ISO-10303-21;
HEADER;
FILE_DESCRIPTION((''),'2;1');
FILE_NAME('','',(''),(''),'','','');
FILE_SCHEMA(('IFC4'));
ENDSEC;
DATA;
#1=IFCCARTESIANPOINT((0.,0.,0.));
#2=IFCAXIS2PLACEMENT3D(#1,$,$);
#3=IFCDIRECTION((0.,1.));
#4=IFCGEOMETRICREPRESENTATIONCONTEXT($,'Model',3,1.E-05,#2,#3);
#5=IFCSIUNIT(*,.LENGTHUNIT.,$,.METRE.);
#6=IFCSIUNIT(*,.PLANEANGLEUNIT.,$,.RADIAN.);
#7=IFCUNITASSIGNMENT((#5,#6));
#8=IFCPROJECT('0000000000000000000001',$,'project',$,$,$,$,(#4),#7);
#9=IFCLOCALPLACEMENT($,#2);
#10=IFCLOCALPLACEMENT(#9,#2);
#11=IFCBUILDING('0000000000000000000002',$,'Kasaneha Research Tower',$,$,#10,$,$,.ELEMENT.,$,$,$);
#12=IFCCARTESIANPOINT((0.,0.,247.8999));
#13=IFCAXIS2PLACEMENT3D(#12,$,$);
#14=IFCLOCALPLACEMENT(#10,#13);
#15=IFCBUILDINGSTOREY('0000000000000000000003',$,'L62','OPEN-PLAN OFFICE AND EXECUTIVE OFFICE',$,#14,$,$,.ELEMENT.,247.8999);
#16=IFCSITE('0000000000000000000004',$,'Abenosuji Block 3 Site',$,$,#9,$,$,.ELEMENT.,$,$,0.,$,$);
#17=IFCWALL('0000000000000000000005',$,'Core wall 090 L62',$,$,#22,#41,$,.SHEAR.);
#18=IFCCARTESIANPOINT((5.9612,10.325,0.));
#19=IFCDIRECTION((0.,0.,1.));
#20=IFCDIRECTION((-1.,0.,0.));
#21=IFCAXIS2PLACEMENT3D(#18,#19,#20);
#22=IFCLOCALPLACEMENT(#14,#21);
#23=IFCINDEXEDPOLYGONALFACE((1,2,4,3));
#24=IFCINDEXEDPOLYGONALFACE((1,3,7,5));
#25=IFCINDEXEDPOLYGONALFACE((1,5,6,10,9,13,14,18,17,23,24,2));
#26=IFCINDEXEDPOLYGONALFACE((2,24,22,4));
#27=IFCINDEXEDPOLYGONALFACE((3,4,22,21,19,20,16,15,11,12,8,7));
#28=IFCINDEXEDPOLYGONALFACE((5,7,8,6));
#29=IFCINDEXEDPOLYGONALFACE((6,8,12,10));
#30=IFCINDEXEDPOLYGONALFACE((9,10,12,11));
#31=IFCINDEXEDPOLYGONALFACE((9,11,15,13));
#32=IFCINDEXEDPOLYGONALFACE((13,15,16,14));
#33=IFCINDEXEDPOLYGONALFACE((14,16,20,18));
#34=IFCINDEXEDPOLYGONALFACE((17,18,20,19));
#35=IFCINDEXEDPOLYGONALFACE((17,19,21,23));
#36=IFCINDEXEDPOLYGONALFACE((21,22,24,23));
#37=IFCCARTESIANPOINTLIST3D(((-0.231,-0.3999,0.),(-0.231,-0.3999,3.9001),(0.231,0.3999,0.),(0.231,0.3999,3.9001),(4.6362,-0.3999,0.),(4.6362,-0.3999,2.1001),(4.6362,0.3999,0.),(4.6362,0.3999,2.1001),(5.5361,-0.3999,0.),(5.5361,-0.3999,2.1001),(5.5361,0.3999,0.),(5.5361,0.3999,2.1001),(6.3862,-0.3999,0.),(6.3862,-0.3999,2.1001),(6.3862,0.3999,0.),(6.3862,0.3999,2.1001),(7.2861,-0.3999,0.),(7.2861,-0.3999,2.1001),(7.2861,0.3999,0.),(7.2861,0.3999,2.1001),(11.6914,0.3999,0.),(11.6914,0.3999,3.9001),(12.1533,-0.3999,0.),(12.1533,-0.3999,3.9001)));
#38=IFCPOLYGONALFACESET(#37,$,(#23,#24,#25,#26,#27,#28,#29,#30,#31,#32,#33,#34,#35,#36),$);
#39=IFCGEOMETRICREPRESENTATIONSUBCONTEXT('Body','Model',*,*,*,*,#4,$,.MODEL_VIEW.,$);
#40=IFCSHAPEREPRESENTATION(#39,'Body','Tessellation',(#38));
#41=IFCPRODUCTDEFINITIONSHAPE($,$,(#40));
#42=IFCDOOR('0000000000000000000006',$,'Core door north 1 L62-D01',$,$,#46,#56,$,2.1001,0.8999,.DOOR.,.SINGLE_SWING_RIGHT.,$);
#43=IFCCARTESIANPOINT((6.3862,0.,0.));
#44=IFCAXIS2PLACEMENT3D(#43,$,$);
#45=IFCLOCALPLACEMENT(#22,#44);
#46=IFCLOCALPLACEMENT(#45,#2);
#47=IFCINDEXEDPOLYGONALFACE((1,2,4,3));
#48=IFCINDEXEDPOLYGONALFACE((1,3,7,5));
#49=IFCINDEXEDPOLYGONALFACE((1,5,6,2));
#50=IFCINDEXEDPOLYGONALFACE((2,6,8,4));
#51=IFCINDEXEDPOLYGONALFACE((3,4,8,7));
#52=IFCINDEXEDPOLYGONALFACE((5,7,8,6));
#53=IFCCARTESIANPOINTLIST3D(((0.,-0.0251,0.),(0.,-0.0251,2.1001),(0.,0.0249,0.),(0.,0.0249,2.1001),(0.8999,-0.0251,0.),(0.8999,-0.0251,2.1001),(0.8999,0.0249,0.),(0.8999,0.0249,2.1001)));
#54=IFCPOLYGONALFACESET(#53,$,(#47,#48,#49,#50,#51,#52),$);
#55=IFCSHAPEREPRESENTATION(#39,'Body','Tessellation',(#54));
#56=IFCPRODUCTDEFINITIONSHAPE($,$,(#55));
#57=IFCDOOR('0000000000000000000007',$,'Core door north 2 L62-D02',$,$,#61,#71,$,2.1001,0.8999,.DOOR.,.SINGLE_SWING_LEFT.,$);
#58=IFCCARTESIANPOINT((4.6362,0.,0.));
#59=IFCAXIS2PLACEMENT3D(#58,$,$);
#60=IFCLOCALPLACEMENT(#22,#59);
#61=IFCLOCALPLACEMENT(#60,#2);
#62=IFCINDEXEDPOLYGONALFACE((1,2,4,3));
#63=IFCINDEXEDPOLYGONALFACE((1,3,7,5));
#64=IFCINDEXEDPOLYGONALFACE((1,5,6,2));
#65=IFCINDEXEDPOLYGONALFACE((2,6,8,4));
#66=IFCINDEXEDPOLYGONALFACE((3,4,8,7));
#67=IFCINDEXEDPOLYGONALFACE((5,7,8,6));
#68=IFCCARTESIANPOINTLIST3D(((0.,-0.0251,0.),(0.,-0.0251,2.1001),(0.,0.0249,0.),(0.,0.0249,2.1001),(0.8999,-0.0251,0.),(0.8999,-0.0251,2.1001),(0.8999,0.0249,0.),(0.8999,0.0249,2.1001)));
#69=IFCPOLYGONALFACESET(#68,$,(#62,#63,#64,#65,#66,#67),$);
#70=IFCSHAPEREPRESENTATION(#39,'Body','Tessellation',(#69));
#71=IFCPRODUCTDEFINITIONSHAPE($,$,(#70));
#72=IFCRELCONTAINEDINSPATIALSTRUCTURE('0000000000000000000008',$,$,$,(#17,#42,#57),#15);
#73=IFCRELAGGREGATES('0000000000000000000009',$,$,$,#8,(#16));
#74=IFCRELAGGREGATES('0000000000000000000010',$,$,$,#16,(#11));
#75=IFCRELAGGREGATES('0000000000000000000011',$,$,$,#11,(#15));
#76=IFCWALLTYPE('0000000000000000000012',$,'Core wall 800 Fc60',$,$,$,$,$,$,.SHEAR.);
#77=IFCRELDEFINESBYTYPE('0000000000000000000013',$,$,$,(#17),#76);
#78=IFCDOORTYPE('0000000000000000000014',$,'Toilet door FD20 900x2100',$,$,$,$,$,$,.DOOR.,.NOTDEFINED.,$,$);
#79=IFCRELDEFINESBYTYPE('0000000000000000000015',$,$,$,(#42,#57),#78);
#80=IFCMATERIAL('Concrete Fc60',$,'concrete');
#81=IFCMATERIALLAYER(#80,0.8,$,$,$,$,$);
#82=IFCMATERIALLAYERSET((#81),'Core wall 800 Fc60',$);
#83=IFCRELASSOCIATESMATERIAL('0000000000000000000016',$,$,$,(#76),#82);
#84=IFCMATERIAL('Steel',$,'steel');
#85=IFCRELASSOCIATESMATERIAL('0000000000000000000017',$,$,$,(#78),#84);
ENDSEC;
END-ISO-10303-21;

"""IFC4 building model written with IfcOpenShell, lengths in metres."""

from ifc_helpers import new_model, si_unit, direction, frame, frame_2d, origin, place, context, subcontext, project, spatial, polyline, rectangle, outline, extrude, material, layer, layer_set, type_object, element, fill, save


model = new_model("IFC4")

# Units and contexts
model_context = context("Model", 3, precision=1e-05, world=origin(), true_north=direction((0.0, 1.0)))
body_context = subcontext(model_context, "Body", "Model", "MODEL_VIEW")
ifc_project = project(units=[si_unit("LENGTHUNIT", "METRE"), si_unit("PLANEANGLEUNIT", "RADIAN")], contexts=[model_context])

# Site, building, storey
site_placement = place(None, origin())
site = spatial("IfcSite", under=ifc_project, at=site_placement, Name="Abenosuji Block 3 Site", CompositionType="ELEMENT", RefElevation=0.0)
building_placement = place(site_placement, origin())
building = spatial("IfcBuilding", under=site, at=building_placement, Name="Kasaneha Research Tower", CompositionType="ELEMENT")
storey_placement = place(building_placement, frame((0.0, 0.0, 247.8999)))
storey = spatial("IfcBuildingStorey", under=building, at=storey_placement, Name="L62", Description="OPEN-PLAN OFFICE AND EXECUTIVE OFFICE", CompositionType="ELEMENT", Elevation=247.8999)

# Wall, openings, doors
ifc_material_1 = material(Name="Concrete Fc60", Category="concrete")
ifc_layer_1 = layer(ifc_material_1, 0.8)
ifc_layer_set_1 = layer_set([ifc_layer_1], Name="Core wall 800 Fc60")
wall_type_1 = type_object("IfcWallType", Name="Core wall 800 Fc60", PredefinedType="SHEAR", material=ifc_layer_set_1)
wall_1_placement = place(storey_placement, frame((5.9612, 10.325, 0.0), z_axis=(0.0, 0.0, 1.0), x_axis=(-1.0, 0.0, 0.0)))
wall_1 = element("IfcWall", 1, at=wall_1_placement, inside=storey, type_object=wall_type_1, Name="Core wall 090 L62", PredefinedType="SHEAR", context=body_context, shape_type="SweptSolid", body=[
    extrude(outline(polyline([(-0.231, -0.3999), (4.6362, -0.3999), (5.5361, -0.3999), (6.3862, -0.3999), (7.2861, -0.3999), (12.1533, -0.3999), (11.6914, 0.3999), (7.2861, 0.3999), (6.3862, 0.3999), (5.5361, 0.3999), (4.6362, 0.3999), (0.231, 0.3999), (-0.231, -0.3999)])), origin(), (0.0, 0.0, 1.0), 3.9001),
])
opening_1_placement = place(wall_1_placement, frame((6.3862, 0.0, 0.0)))
opening_1 = element("IfcOpeningElement", 2, at=opening_1_placement, cuts=wall_1, PredefinedType="OPENING", context=body_context, shape_type="SweptSolid", body=[
    extrude(rectangle(XDim=0.8999, YDim=2.1001, at=frame_2d((0.45, 1.05))), frame((0.0, 0.4102, 0.0), z_axis=(0.0, -1.0, 0.0), x_axis=(1.0, 0.0, 0.0)), (0.0, 0.0, 1.0), 0.8201),
])
opening_2_placement = place(wall_1_placement, frame((4.6362, 0.0, 0.0)))
opening_2 = element("IfcOpeningElement", 3, at=opening_2_placement, cuts=wall_1, PredefinedType="OPENING", context=body_context, shape_type="SweptSolid", body=[
    extrude(rectangle(XDim=0.8999, YDim=2.1001, at=frame_2d((0.45, 1.05))), frame((0.0, 0.4102, 0.0), z_axis=(0.0, -1.0, 0.0), x_axis=(1.0, 0.0, 0.0)), (0.0, 0.0, 1.0), 0.8201),
])
ifc_material_2 = material(Name="Steel", Category="steel")
door_type_1 = type_object("IfcDoorType", Name="Toilet door FD20 900x2100", OperationType="NOTDEFINED", PredefinedType="DOOR", material=ifc_material_2)
door_1_placement = place(opening_1_placement, origin())
door_1 = element("IfcDoor", 4, at=door_1_placement, inside=storey, type_object=door_type_1, Name="Core door north 1 L62-D01", OperationType="SINGLE_SWING_RIGHT", OverallHeight=2.1001, OverallWidth=0.8999, PredefinedType="DOOR", context=body_context, shape_type="SweptSolid", body=[
    extrude(rectangle(XDim=0.8999, YDim=2.1001, at=frame_2d((0.45, 1.05))), frame((0.0, 0.0249, 0.0), z_axis=(0.0, -1.0, 0.0), x_axis=(1.0, 0.0, 0.0)), (0.0, 0.0, 1.0), 0.05),
])
fill(opening_1, door_1)
door_2_placement = place(opening_2_placement, origin())
door_2 = element("IfcDoor", 5, at=door_2_placement, inside=storey, type_object=door_type_1, Name="Core door north 2 L62-D02", OperationType="SINGLE_SWING_LEFT", OverallHeight=2.1001, OverallWidth=0.8999, PredefinedType="DOOR", context=body_context, shape_type="SweptSolid", body=[
    extrude(rectangle(XDim=0.8999, YDim=2.1001, at=frame_2d((0.45, 1.05))), frame((0.0, 0.0249, 0.0), z_axis=(0.0, -1.0, 0.0), x_axis=(1.0, 0.0, 0.0)), (0.0, 0.0, 1.0), 0.05),
])
fill(opening_2, door_2)

save(model, "model.ifc")
